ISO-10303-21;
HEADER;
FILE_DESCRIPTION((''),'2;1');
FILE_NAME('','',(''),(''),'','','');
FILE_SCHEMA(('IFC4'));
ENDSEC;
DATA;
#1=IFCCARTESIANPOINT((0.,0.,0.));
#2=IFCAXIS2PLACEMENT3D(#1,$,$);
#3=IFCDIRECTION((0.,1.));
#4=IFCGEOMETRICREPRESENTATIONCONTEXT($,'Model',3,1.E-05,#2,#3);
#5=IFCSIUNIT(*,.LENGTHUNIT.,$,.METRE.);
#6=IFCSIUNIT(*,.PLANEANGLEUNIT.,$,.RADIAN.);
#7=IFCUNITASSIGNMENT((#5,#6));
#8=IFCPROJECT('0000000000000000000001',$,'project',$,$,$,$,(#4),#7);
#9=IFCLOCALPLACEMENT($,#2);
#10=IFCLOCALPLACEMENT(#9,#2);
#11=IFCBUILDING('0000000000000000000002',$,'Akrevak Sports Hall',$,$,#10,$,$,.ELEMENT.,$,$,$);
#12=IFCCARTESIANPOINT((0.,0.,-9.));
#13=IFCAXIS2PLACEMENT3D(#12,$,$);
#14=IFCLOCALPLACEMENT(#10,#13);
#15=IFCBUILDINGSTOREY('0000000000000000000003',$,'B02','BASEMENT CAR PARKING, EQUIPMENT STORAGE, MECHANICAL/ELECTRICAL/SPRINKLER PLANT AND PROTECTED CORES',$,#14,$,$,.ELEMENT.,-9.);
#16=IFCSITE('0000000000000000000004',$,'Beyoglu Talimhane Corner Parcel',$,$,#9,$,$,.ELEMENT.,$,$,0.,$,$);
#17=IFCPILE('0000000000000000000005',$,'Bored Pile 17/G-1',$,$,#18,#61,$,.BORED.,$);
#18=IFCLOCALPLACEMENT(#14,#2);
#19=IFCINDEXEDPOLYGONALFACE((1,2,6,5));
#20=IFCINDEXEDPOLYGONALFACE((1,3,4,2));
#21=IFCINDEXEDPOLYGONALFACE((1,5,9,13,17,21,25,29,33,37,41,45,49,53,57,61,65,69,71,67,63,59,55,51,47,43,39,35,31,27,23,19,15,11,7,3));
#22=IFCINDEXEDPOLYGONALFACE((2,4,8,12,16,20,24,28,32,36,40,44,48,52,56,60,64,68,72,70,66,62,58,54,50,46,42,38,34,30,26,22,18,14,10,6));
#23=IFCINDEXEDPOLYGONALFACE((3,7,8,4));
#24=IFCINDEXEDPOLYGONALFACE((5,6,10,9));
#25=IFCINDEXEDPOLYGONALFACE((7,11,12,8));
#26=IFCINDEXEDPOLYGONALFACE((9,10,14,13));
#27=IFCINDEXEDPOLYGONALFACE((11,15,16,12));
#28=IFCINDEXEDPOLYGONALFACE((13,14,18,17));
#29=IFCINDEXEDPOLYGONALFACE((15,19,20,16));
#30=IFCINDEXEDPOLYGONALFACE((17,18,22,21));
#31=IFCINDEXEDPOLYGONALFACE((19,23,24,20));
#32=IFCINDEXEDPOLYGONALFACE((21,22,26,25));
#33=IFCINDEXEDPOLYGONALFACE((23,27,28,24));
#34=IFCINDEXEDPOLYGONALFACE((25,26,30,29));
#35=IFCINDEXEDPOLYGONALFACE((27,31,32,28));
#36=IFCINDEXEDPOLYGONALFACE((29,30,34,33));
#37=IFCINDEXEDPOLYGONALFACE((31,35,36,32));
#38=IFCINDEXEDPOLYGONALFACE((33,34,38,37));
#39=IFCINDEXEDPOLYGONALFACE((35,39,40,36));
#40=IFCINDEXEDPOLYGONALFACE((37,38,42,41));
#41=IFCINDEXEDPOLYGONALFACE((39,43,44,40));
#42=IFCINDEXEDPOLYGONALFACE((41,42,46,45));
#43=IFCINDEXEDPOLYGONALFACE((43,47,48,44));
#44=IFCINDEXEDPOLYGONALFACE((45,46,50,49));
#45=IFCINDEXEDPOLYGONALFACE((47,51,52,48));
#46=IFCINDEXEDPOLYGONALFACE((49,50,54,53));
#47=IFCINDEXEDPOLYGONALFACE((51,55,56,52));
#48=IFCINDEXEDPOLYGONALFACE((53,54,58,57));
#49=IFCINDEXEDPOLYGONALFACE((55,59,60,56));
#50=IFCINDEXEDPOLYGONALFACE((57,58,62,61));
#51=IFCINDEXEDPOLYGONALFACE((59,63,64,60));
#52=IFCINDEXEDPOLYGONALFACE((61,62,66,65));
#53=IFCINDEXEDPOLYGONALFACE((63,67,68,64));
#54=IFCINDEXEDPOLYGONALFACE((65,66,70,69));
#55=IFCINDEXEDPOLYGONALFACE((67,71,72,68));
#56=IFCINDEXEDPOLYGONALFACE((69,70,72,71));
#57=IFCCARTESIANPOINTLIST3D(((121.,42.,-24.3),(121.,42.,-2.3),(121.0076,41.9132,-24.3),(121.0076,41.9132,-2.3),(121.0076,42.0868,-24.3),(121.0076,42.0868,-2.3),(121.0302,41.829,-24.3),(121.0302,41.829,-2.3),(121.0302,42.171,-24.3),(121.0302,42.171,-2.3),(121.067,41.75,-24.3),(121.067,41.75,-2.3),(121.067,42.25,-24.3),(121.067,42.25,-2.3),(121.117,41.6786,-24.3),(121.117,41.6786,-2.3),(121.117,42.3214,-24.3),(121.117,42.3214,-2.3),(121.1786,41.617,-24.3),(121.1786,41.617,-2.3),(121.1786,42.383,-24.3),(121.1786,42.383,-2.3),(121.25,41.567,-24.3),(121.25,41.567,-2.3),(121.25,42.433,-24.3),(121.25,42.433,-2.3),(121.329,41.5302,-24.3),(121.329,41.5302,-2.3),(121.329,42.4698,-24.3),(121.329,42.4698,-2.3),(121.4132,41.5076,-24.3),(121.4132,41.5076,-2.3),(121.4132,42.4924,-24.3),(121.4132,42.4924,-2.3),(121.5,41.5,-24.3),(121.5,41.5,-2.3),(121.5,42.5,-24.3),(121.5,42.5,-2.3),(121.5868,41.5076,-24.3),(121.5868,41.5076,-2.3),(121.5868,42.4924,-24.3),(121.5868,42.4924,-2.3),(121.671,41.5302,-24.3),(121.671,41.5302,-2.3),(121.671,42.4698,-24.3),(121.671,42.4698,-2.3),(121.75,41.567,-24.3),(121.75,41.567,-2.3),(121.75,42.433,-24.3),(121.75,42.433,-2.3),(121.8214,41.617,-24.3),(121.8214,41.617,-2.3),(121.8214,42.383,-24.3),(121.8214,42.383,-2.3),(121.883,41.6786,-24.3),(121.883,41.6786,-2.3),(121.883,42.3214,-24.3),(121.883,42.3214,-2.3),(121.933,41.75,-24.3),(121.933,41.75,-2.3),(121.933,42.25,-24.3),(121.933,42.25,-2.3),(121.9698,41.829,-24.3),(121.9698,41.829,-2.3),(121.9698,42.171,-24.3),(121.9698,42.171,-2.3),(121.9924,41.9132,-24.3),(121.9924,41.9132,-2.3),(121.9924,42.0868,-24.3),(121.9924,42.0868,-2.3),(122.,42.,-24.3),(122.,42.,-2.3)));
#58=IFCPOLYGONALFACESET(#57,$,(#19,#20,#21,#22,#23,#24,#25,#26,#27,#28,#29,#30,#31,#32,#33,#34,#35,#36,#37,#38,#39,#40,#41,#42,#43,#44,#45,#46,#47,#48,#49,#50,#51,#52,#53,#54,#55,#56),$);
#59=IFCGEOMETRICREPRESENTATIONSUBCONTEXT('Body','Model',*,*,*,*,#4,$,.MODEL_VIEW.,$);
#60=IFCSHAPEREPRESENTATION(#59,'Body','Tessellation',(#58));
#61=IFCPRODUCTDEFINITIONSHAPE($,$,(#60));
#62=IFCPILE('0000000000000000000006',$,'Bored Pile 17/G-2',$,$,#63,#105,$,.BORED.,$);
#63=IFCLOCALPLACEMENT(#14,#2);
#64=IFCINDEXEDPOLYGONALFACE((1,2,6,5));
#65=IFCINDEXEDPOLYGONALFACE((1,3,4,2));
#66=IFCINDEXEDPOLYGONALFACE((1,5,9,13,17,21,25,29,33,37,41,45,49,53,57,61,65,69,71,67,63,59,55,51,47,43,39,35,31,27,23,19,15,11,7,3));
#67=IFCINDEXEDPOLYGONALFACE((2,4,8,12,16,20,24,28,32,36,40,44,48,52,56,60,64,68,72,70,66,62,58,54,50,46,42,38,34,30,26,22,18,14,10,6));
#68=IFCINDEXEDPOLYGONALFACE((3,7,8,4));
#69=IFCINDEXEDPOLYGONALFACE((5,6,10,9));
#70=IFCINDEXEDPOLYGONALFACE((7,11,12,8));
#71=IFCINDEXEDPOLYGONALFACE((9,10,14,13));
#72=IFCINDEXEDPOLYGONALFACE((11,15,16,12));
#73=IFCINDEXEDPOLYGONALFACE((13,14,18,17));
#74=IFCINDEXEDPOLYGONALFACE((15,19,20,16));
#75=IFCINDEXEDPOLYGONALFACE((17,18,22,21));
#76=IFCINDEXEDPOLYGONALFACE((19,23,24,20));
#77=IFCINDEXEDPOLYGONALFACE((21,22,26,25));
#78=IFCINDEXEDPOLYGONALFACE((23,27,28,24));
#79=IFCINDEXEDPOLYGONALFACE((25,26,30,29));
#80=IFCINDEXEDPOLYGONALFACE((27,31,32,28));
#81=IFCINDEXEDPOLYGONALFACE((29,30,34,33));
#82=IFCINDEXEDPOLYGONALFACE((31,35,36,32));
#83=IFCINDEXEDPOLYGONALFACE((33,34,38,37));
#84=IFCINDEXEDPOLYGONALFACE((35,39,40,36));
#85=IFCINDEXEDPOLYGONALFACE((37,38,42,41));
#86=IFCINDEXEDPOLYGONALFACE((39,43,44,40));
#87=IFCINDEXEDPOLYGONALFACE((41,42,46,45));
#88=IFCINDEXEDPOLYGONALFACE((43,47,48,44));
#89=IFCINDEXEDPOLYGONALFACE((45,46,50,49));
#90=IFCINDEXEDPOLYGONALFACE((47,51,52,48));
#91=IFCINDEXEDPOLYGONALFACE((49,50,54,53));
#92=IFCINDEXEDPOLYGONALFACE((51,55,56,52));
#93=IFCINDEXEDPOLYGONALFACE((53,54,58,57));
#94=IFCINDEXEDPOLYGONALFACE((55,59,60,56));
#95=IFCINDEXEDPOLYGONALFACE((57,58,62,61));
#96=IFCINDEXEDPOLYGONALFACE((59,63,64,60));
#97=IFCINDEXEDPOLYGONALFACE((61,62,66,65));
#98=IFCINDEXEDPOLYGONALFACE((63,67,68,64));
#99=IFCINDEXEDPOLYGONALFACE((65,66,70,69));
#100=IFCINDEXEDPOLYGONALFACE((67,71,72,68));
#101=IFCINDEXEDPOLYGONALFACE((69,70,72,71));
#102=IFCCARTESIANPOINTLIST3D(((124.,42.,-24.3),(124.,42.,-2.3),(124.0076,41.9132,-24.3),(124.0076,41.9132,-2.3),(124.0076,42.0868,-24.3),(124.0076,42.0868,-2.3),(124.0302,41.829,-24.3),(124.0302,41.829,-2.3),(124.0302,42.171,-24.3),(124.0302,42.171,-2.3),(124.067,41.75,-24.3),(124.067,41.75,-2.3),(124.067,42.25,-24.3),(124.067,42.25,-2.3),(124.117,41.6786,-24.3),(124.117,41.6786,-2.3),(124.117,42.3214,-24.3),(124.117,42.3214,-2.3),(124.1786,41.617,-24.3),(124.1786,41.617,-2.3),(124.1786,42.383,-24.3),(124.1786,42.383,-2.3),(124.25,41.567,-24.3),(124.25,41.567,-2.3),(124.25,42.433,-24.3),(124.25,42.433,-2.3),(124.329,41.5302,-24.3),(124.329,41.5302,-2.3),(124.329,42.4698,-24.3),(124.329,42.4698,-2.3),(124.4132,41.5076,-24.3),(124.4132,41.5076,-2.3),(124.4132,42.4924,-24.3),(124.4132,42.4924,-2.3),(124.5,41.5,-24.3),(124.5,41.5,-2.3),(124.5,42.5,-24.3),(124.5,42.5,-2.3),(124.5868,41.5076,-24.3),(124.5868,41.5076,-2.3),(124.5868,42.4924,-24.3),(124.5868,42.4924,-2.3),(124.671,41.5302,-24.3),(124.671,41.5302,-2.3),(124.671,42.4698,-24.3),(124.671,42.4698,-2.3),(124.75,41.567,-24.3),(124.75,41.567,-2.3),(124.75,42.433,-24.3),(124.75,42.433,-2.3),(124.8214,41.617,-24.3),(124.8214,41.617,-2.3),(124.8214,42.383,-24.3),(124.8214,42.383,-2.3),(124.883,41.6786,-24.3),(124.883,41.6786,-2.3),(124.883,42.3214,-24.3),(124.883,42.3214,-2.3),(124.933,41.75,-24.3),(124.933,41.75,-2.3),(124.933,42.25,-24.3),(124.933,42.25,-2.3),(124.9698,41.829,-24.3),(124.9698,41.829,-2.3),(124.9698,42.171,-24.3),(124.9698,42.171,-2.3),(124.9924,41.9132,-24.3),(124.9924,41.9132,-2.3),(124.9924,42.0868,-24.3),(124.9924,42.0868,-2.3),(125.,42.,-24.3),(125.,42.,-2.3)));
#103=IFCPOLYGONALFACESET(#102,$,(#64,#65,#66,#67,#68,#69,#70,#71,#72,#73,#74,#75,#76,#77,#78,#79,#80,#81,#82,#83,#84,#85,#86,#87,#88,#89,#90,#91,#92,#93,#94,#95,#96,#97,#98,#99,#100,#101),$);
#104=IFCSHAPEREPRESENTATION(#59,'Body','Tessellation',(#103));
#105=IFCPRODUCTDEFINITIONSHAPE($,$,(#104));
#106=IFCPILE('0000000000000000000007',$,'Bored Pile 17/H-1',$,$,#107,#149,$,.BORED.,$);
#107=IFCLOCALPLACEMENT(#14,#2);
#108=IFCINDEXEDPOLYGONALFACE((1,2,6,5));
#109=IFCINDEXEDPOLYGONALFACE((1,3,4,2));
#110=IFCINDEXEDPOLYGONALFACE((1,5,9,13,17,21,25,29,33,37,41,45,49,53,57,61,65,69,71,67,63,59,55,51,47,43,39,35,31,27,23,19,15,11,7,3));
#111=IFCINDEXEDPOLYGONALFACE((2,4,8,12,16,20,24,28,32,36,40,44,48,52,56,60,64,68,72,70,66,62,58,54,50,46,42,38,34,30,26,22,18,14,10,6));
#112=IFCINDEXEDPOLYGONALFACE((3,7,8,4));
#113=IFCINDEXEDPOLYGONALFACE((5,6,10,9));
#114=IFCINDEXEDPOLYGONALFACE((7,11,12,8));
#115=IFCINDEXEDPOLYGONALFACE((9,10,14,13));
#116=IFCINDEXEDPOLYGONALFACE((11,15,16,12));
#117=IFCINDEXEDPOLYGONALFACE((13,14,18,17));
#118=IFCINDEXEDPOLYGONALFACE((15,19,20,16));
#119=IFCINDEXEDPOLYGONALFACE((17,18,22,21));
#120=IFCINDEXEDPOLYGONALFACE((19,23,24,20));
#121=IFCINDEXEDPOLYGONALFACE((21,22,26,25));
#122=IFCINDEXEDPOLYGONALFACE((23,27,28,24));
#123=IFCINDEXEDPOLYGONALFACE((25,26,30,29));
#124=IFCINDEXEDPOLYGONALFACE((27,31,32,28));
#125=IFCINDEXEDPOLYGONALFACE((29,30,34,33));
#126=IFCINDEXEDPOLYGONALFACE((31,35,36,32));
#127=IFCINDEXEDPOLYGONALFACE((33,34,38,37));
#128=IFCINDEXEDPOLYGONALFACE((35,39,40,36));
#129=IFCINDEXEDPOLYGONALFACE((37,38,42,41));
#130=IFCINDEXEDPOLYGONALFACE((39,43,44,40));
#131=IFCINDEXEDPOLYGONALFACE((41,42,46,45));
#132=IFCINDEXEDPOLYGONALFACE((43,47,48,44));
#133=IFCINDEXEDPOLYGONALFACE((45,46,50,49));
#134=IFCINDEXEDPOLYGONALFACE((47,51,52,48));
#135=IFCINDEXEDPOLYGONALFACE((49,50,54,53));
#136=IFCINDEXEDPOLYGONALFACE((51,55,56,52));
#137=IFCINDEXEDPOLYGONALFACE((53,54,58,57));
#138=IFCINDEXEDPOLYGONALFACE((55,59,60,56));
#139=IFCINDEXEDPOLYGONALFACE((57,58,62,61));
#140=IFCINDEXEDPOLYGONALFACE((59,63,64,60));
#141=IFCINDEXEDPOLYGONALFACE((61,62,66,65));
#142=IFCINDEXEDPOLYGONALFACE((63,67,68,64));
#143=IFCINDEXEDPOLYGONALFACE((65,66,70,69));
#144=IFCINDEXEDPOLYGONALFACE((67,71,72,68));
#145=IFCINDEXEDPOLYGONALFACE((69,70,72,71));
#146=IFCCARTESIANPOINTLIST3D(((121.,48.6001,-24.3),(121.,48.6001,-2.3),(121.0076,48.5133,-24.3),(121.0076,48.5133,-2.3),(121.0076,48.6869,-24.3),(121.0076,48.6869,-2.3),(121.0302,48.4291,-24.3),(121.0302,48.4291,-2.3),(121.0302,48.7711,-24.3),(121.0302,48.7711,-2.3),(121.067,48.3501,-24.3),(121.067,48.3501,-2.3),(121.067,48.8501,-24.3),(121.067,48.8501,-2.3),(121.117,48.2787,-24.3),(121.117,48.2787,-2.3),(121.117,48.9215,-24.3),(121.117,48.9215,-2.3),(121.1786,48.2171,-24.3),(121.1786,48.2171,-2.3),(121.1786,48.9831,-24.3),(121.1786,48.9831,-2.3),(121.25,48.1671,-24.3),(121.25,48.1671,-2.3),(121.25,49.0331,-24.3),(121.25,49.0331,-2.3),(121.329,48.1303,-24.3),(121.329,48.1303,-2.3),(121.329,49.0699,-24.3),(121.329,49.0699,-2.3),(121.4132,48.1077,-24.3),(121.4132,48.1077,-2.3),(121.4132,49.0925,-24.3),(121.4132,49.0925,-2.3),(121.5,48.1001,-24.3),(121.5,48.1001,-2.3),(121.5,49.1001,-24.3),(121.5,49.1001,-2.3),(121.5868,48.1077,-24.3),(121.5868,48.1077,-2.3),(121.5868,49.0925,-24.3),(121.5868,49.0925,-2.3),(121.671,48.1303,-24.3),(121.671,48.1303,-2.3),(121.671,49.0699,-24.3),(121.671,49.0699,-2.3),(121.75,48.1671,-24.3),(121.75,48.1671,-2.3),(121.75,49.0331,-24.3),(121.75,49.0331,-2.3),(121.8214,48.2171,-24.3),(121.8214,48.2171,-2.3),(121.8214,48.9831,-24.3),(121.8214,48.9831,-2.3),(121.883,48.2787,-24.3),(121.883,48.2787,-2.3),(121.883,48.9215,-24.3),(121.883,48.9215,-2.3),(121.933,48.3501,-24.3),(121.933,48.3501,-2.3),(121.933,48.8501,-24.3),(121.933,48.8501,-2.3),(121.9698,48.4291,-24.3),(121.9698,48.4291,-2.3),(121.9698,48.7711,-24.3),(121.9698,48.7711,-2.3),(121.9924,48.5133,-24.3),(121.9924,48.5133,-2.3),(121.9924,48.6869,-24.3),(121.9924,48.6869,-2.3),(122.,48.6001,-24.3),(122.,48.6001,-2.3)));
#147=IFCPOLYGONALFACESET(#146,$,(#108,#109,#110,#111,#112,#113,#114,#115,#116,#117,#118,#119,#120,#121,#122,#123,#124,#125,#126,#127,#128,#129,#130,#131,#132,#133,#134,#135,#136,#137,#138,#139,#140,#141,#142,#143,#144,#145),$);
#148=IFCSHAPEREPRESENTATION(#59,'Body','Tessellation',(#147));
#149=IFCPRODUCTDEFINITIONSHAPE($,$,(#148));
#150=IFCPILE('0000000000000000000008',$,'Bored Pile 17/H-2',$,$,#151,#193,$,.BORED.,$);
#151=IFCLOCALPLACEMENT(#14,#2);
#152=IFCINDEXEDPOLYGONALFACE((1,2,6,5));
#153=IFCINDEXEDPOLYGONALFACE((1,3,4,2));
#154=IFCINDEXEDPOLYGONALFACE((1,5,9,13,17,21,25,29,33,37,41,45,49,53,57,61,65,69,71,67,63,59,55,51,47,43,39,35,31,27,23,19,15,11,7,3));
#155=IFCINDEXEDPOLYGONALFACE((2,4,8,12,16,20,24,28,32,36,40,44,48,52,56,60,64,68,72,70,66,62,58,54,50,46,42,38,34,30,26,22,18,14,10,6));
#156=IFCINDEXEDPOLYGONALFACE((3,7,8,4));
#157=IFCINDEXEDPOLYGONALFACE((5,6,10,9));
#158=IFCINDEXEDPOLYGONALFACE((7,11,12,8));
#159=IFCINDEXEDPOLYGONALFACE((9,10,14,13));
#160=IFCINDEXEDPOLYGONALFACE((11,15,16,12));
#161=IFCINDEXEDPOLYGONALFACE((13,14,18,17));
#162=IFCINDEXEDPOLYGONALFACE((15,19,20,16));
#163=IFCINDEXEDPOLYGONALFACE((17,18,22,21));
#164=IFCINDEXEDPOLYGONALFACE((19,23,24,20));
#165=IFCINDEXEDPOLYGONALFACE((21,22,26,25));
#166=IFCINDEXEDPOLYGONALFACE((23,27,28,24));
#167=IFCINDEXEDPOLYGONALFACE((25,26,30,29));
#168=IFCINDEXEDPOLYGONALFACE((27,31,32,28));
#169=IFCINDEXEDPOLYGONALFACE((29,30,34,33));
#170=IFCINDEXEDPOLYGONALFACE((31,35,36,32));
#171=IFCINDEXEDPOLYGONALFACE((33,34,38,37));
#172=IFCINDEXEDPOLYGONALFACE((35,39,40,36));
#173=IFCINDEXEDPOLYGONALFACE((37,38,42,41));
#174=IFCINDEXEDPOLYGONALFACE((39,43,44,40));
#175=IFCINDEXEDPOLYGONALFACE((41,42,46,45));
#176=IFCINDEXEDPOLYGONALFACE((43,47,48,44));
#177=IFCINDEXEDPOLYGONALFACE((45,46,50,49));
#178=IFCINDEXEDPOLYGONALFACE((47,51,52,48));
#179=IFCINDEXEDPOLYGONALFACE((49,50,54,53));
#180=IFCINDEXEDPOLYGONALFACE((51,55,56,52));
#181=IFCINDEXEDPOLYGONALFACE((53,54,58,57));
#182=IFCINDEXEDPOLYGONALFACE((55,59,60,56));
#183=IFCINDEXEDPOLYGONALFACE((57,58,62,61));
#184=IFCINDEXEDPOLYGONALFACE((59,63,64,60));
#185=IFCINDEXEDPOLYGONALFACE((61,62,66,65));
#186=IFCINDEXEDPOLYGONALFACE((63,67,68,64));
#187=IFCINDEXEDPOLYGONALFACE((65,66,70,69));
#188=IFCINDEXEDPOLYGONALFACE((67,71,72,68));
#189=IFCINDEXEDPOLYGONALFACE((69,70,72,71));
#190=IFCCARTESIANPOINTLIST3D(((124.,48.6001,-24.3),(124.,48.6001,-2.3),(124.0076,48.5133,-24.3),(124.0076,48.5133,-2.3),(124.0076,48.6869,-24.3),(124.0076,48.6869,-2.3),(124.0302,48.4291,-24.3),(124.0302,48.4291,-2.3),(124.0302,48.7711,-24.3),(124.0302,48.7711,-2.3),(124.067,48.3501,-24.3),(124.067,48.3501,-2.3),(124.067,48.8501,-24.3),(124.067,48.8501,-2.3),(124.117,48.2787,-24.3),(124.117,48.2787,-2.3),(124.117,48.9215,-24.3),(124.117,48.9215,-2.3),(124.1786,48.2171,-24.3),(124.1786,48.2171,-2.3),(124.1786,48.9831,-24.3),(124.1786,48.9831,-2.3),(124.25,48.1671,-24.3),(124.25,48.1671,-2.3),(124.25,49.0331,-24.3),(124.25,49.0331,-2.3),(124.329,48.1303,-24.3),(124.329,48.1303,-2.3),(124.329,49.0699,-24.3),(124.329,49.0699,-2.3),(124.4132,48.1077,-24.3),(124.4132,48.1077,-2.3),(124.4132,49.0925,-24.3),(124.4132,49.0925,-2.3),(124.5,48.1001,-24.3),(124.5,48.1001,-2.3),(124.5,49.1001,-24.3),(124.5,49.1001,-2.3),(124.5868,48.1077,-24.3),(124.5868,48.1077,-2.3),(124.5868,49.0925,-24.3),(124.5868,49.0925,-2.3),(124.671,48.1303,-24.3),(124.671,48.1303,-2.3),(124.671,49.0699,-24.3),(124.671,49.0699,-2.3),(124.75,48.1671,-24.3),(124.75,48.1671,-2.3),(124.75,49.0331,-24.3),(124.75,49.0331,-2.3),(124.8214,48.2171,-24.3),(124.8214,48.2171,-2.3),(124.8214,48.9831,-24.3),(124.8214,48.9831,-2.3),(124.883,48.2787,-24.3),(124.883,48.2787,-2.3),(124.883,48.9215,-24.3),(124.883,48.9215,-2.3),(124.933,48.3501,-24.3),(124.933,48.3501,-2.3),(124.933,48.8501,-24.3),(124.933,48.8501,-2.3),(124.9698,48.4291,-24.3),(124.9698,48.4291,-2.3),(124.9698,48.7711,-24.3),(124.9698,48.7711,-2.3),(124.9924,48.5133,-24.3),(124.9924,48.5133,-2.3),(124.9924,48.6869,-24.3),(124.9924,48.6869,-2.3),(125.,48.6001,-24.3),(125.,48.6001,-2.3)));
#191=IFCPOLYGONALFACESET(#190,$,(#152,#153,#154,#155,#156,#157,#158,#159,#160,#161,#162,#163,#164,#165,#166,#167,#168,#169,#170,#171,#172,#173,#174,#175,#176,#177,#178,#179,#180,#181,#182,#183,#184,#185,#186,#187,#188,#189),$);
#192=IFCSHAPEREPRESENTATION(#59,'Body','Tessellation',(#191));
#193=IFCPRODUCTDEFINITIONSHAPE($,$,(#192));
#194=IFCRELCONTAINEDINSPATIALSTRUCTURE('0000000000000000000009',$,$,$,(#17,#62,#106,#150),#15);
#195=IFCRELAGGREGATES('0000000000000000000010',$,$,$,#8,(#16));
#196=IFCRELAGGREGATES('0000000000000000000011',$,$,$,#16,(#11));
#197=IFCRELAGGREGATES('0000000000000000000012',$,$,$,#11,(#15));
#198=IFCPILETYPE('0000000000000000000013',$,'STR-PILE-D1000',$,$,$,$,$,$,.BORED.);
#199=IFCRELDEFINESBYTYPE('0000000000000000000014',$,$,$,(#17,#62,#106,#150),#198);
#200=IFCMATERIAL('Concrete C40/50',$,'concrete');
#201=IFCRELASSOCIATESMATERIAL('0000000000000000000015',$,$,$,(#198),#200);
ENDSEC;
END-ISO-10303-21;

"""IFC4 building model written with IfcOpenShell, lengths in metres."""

from ifc_helpers import new_model, si_unit, direction, frame, origin, origin_2d, place, context, subcontext, project, spatial, circle, extrude, material, material_profile, profile_set, type_object, element, save


model = new_model("IFC4")

# Units and contexts
model_context = context("Model", 3, precision=1e-05, world=origin(), true_north=direction((0.0, 1.0)))
body_context = subcontext(model_context, "Body", "Model", "MODEL_VIEW")
ifc_project = project(units=[si_unit("LENGTHUNIT", "METRE"), si_unit("PLANEANGLEUNIT", "RADIAN")], contexts=[model_context])

# Site, building, storey
site_placement = place(None, origin())
site = spatial("IfcSite", under=ifc_project, at=site_placement, Name="Beyoglu Talimhane Corner Parcel", CompositionType="ELEMENT", RefElevation=0.0)
building_placement = place(site_placement, origin())
building = spatial("IfcBuilding", under=site, at=building_placement, Name="Akrevak Sports Hall", CompositionType="ELEMENT")
storey_placement = place(building_placement, frame((0.0, 0.0, -9.0)))
storey = spatial("IfcBuildingStorey", under=building, at=storey_placement, Name="B02", Description="BASEMENT CAR PARKING, EQUIPMENT STORAGE, MECHANICAL/ELECTRICAL/SPRINKLER PLANT AND PROTECTED CORES", CompositionType="ELEMENT", Elevation=-9.0)

# Shared definitions
ifc_material_1 = material(Name="Concrete C40/50", Category="concrete")

# Piles
ifc_material_profile_1 = material_profile(ifc_material_1, circle(Radius=0.5, at=origin_2d()), Name="BORED PILE D1000", Category="concrete")
ifc_profile_set_1 = profile_set([ifc_material_profile_1], Name="Concrete C40/50")
pile_type_1 = type_object("IfcPileType", Name="STR-PILE-D1000", PredefinedType="BORED", material=ifc_profile_set_1)
for number, where, z_axis, x_axis, name in (
    (1, (121.5, 42.0, -2.3), (0.0, 0.0, -1.0), (1.0, 0.0, 0.0), "Bored Pile 17/G-1"),
    (2, (124.5, 42.0, -2.3), (0.0, 0.0, -1.0), (1.0, 0.0, 0.0), "Bored Pile 17/G-2"),
    (3, (121.5, 48.6001, -2.3), (0.0, 0.0, -1.0), (1.0, 0.0, 0.0), "Bored Pile 17/H-1"),
    (4, (124.5, 48.6001, -2.3), (0.0, 0.0, -1.0), (1.0, 0.0, 0.0), "Bored Pile 17/H-2"),
):
    element("IfcPile", number, at=place(storey_placement, frame(where, z_axis=z_axis, x_axis=x_axis)), inside=storey, type_object=pile_type_1, Name=name, PredefinedType="BORED", context=body_context, shape_type="SweptSolid", body=[
        extrude(circle(Radius=0.5, at=origin_2d()), origin(), (0.0, 0.0, 1.0), 22.0),
    ])

save(model, "model.ifc")
